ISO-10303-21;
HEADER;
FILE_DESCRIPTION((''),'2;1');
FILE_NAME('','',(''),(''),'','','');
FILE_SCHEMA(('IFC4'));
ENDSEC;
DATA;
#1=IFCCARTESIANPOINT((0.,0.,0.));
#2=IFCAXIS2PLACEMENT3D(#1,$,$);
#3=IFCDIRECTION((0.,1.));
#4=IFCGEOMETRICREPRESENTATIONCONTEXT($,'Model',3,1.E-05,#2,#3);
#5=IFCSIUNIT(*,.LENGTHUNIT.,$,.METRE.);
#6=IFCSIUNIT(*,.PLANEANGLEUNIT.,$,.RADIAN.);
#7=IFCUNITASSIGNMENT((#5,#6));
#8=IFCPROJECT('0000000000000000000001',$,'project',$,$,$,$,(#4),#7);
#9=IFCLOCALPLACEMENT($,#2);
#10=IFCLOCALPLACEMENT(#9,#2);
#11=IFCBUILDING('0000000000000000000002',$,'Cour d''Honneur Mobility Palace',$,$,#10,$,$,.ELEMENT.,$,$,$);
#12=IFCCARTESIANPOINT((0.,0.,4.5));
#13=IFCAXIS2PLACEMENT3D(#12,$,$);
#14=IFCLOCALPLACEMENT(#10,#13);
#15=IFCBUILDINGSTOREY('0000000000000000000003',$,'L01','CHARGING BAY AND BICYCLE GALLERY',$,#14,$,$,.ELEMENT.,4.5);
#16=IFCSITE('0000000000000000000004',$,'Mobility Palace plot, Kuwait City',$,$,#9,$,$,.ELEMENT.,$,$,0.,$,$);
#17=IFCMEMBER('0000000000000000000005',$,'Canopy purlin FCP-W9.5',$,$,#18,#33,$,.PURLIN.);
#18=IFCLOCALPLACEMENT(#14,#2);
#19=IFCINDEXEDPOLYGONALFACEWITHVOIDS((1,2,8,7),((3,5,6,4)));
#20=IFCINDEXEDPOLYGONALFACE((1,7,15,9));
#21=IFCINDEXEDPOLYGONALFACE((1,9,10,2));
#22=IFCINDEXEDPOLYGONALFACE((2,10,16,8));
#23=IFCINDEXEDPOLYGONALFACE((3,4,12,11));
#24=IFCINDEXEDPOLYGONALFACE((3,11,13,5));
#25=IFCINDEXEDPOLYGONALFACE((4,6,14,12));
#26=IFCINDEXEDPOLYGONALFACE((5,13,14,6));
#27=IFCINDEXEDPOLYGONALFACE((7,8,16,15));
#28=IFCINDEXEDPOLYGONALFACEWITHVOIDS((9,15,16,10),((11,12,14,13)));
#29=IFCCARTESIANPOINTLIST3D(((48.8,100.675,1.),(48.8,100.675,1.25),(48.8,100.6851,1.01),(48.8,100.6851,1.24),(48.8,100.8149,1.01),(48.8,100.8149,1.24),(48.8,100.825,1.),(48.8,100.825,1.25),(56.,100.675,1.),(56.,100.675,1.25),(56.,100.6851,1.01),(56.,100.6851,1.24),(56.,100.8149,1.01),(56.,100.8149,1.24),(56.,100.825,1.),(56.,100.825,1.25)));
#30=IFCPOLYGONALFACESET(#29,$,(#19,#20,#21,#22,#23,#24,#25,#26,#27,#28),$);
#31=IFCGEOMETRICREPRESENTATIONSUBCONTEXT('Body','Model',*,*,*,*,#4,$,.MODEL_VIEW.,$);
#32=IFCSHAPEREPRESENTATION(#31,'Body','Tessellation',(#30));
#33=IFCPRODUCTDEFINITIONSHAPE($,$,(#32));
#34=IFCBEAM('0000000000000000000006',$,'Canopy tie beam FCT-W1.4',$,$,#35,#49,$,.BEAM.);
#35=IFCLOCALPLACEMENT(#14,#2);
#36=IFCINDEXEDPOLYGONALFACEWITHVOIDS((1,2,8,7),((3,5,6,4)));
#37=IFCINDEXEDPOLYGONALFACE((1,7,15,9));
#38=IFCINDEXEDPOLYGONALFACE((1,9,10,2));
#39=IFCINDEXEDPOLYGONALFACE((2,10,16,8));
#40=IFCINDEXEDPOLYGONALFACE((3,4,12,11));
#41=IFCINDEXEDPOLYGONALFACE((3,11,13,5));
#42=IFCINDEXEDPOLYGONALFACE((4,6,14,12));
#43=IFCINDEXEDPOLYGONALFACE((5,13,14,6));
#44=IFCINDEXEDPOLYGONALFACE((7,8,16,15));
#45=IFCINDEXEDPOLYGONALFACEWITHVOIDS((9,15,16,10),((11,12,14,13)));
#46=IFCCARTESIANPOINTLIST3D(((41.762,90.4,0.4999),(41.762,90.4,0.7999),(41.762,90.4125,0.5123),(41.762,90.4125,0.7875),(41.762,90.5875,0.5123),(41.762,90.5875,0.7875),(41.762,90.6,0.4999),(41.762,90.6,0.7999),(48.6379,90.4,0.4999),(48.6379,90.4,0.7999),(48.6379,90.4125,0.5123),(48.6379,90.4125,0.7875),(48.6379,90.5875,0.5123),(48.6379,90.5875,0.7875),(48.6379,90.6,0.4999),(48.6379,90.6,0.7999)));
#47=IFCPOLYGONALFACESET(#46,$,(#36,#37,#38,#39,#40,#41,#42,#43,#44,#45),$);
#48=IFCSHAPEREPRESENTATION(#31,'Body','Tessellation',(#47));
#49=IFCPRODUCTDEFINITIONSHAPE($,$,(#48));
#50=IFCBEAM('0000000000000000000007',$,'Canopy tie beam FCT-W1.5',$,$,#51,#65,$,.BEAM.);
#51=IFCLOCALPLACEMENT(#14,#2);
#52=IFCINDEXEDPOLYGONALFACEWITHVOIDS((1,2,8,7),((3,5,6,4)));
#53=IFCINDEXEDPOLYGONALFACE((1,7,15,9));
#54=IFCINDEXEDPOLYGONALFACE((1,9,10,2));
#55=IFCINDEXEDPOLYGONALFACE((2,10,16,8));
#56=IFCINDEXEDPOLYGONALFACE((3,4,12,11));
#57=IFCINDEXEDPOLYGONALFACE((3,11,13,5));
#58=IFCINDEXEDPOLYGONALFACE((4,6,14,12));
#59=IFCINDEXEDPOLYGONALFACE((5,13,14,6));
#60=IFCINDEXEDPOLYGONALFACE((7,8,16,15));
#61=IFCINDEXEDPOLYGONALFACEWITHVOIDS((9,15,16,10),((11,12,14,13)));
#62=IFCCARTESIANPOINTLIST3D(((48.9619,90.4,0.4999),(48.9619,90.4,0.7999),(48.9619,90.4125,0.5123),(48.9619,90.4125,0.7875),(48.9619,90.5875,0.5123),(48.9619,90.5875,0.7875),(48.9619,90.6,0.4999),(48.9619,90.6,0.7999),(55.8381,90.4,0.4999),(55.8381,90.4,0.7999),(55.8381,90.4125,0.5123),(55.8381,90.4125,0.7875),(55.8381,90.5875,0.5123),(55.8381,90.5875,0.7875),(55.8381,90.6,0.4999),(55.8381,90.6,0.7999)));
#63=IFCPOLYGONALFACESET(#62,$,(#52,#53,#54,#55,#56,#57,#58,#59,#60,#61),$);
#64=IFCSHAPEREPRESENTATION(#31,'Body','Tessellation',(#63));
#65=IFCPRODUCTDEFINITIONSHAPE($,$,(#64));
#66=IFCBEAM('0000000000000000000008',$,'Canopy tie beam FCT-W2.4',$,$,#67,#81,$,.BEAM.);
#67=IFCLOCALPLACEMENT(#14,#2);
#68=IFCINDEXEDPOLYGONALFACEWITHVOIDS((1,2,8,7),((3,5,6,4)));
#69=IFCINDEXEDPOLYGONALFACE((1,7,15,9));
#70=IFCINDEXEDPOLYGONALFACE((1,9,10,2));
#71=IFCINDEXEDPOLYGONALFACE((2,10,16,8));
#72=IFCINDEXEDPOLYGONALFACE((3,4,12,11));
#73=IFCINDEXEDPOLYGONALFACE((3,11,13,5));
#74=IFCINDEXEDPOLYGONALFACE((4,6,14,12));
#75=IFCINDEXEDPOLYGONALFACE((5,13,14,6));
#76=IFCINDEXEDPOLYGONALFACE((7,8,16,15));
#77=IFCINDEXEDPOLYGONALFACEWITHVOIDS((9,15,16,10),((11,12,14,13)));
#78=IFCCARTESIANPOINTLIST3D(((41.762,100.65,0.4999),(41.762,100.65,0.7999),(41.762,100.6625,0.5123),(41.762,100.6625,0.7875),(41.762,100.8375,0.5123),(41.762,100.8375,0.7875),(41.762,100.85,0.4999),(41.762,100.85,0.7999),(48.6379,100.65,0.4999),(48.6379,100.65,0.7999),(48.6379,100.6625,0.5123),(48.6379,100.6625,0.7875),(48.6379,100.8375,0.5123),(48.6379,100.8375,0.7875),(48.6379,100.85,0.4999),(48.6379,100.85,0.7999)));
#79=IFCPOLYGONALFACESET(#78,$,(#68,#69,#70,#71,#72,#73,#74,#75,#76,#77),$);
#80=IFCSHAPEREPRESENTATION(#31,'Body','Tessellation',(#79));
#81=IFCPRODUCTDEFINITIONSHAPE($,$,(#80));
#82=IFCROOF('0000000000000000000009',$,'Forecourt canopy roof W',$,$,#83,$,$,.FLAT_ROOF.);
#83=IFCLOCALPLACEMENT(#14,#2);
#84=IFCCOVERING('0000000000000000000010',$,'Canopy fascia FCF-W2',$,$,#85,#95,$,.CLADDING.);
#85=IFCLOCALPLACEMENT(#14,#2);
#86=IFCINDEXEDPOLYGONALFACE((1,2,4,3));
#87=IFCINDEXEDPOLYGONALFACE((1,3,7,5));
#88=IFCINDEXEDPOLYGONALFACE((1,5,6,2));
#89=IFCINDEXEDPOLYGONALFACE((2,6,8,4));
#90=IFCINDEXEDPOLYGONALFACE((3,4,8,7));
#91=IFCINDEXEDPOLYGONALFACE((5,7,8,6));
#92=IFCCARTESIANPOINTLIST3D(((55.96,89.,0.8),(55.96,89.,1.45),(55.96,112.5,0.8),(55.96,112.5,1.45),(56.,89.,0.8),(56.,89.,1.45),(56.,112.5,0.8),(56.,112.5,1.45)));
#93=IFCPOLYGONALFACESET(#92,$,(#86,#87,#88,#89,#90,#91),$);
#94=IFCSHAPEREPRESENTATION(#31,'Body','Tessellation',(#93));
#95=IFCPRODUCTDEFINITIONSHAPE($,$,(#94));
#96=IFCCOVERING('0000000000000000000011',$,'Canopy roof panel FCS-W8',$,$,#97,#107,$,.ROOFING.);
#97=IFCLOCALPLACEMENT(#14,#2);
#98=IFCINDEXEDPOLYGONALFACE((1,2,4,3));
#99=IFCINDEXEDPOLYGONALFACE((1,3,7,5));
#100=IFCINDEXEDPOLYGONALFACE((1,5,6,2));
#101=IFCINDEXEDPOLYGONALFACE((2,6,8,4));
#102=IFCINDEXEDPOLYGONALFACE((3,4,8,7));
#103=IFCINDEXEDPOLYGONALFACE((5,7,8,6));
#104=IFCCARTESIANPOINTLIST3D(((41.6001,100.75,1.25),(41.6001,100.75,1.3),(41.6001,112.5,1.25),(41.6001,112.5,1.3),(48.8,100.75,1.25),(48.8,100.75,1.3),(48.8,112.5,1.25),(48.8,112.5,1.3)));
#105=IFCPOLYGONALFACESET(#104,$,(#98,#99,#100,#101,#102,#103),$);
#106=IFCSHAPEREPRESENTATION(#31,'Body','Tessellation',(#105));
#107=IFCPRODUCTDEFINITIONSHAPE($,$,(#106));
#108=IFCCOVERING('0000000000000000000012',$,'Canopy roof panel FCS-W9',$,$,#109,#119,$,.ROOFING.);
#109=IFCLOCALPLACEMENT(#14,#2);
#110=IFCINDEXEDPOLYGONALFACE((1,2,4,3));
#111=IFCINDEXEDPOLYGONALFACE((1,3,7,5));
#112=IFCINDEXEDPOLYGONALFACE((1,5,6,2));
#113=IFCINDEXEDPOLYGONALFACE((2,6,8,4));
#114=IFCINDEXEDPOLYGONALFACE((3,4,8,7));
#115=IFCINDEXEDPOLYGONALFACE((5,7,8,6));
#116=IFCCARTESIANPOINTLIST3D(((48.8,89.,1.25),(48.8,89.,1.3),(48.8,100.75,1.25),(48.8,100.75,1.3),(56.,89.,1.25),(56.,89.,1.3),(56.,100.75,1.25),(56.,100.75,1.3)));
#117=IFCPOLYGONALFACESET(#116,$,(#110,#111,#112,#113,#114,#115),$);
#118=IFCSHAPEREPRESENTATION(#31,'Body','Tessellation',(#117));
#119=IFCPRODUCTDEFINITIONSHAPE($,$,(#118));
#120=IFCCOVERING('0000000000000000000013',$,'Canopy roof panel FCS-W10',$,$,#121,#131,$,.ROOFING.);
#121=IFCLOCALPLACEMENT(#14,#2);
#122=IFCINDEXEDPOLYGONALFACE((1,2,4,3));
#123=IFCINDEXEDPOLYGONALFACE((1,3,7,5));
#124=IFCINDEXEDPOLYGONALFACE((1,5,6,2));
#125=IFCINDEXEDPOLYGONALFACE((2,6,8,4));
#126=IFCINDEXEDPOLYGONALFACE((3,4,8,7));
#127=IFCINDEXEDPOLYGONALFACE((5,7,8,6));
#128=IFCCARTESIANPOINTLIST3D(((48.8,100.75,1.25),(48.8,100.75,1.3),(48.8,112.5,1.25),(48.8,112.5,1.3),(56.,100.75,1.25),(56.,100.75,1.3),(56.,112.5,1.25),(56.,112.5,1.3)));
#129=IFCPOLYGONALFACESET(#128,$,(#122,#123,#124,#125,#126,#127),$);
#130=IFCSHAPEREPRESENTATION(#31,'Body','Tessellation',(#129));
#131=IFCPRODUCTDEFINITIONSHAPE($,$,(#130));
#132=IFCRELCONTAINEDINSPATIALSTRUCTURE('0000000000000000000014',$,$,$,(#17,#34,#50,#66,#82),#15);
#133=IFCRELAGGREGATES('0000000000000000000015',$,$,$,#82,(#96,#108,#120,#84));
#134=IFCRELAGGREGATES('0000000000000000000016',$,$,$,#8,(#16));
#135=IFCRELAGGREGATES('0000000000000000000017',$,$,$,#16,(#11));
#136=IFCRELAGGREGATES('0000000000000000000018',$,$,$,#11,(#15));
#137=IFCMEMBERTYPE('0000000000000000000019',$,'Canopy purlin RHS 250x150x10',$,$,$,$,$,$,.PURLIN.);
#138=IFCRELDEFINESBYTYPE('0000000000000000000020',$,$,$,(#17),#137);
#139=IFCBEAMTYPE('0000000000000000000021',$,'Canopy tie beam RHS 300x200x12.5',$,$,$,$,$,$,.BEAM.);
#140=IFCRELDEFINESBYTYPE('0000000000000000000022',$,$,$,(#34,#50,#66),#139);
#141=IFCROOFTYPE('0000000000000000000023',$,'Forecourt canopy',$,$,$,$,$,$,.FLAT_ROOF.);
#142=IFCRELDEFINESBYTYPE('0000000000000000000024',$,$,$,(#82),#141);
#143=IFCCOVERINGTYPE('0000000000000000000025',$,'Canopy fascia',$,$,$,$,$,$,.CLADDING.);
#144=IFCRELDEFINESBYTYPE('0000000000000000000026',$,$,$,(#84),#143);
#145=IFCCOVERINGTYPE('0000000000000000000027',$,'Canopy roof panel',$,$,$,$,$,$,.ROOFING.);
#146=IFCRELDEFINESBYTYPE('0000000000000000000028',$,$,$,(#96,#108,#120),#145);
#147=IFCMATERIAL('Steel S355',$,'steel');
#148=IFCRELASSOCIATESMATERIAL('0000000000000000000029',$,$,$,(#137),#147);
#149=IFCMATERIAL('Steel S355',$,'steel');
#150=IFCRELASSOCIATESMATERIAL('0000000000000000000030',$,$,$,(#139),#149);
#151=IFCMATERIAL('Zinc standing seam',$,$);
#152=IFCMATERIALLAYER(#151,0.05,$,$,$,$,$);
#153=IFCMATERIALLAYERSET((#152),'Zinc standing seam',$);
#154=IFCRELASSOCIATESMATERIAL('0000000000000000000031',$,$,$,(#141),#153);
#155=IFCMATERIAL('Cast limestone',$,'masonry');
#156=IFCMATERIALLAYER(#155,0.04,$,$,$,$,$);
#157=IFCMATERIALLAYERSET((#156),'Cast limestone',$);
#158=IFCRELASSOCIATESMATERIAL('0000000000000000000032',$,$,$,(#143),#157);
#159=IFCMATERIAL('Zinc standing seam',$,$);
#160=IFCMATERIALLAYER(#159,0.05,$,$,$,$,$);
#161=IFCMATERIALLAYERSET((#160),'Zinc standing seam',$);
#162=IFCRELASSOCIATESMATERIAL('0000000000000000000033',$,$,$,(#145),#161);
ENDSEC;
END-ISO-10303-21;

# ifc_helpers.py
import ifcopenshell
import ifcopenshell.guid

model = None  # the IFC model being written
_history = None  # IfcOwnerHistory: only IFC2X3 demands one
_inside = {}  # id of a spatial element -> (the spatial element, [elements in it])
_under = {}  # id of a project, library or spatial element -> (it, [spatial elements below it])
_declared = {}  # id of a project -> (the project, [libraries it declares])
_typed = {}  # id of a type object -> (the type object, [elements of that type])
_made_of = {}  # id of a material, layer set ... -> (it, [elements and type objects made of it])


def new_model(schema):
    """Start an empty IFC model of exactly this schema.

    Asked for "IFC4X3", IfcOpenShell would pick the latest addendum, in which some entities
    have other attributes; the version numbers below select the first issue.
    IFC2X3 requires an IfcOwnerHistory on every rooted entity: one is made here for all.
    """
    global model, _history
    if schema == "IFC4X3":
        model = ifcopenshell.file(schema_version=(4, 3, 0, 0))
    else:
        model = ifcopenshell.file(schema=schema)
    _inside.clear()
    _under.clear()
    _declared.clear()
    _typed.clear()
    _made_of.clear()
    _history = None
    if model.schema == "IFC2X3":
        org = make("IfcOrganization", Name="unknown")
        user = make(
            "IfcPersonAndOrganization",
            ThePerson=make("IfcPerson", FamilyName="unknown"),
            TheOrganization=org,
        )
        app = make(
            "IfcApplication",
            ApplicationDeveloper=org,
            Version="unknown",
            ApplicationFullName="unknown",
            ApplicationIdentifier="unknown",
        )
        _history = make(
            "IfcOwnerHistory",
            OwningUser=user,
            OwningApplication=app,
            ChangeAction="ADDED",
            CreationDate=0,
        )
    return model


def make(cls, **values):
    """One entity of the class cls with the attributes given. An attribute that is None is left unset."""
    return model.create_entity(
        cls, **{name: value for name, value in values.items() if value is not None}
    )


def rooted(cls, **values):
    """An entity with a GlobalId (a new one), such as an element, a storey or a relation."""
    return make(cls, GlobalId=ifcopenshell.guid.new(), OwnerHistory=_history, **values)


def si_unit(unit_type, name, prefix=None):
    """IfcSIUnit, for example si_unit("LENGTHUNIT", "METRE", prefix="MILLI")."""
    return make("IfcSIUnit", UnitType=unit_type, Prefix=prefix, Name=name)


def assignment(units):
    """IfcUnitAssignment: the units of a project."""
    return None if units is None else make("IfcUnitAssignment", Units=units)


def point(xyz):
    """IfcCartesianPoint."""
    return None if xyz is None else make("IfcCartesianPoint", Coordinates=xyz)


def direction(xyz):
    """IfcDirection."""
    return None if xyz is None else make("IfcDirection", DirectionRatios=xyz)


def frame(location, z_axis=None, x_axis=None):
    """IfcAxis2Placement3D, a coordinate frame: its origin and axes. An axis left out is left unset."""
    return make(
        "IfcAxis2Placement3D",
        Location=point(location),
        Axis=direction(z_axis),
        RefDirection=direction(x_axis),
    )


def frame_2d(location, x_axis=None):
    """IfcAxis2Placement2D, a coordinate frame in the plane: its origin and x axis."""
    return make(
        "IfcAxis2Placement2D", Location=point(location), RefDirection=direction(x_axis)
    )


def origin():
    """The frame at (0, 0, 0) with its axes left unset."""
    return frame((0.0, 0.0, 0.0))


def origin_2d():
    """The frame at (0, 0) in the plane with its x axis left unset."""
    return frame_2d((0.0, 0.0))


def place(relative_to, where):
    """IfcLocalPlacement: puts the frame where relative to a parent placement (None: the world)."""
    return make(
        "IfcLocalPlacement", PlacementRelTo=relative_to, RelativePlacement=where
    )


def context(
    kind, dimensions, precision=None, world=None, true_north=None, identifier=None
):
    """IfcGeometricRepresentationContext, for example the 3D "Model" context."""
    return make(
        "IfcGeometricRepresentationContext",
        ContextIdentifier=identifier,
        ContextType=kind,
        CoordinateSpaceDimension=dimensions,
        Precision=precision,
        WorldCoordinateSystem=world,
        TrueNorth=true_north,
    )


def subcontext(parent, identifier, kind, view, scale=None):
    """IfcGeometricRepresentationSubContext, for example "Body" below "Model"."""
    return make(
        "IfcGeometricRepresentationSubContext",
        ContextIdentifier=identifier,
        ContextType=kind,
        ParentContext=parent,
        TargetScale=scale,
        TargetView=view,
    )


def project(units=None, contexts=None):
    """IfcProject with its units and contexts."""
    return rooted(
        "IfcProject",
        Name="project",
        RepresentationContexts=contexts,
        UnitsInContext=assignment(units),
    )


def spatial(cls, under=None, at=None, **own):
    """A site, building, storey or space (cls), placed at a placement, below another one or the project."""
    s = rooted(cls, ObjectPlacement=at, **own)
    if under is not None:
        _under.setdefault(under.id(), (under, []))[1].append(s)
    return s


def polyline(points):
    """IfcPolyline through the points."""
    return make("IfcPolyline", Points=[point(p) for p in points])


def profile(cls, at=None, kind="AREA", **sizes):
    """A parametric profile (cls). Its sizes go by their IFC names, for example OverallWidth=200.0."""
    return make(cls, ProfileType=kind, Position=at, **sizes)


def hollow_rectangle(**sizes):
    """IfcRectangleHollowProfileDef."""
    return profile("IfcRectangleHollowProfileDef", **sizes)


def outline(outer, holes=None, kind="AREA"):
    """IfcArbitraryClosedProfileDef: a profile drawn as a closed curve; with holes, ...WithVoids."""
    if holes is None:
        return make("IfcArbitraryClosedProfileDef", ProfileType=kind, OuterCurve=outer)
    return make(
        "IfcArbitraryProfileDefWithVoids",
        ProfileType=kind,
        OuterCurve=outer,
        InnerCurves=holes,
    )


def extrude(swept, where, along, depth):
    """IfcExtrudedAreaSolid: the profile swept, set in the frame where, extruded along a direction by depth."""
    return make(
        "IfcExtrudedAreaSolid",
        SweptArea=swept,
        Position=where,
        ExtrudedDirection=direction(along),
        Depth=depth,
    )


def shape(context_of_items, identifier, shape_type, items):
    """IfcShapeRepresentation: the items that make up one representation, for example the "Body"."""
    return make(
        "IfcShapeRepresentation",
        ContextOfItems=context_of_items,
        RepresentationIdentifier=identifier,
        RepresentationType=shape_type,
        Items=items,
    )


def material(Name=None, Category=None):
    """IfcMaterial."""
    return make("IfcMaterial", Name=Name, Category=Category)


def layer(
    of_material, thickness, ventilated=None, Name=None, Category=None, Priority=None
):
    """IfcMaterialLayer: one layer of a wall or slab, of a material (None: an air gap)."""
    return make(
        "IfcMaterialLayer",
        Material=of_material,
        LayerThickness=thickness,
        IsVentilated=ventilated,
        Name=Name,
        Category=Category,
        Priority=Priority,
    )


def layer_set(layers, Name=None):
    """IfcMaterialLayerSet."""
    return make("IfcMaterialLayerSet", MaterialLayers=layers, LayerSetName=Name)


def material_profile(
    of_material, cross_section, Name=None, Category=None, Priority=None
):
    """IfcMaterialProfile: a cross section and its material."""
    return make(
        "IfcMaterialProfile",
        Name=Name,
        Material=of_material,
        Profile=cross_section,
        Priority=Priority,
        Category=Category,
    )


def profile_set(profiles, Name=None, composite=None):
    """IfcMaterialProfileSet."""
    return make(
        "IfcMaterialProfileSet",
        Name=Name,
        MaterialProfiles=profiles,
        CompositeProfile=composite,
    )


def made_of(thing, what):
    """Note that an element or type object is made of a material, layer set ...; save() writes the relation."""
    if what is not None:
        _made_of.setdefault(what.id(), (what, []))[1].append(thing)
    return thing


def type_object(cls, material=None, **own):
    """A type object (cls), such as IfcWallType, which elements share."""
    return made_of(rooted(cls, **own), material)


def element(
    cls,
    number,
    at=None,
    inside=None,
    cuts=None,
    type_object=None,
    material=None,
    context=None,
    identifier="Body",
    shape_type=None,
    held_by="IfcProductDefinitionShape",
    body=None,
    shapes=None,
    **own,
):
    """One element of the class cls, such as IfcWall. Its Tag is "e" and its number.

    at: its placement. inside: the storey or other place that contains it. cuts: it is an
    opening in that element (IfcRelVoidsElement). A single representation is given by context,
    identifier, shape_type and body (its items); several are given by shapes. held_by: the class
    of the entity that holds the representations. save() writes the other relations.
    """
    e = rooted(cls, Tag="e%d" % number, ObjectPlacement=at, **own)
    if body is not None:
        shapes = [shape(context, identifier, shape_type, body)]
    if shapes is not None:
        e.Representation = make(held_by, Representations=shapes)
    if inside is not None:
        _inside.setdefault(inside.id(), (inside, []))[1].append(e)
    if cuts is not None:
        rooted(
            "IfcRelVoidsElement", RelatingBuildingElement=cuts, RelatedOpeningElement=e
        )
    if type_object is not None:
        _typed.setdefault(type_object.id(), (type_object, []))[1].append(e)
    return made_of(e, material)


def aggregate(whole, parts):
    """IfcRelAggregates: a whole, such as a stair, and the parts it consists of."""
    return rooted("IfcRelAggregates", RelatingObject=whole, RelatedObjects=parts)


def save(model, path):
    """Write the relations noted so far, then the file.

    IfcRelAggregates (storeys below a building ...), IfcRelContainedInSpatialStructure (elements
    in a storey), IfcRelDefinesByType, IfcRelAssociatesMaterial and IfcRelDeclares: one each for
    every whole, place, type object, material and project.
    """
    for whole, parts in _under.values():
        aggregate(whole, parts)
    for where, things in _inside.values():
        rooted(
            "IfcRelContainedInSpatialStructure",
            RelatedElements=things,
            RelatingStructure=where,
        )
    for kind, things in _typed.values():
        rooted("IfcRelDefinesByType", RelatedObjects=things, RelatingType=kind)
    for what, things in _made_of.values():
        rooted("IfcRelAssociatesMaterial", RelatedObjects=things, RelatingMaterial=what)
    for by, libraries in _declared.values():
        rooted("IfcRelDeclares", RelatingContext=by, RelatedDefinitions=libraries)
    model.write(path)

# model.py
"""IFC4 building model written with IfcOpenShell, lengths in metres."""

from ifc_helpers import new_model, si_unit, direction, frame, origin, origin_2d, place, context, subcontext, project, spatial, polyline, hollow_rectangle, outline, extrude, material, layer, layer_set, material_profile, profile_set, type_object, element, aggregate, save


model = new_model("IFC4")

# Units and contexts
model_context = context("Model", 3, precision=1e-05, world=origin(), true_north=direction((0.0, 1.0)))
body_context = subcontext(model_context, "Body", "Model", "MODEL_VIEW")
ifc_project = project(units=[si_unit("LENGTHUNIT", "METRE"), si_unit("PLANEANGLEUNIT", "RADIAN")], contexts=[model_context])

# Site, building, storey
site_placement = place(None, origin())
site = spatial("IfcSite", under=ifc_project, at=site_placement, Name="Mobility Palace plot, Kuwait City", CompositionType="ELEMENT", RefElevation=0.0)
building_placement = place(site_placement, origin())
building = spatial("IfcBuilding", under=site, at=building_placement, Name="Cour d'Honneur Mobility Palace", CompositionType="ELEMENT")
storey_placement = place(building_placement, frame((0.0, 0.0, 4.5)))
storey = spatial("IfcBuildingStorey", under=building, at=storey_placement, Name="L01", Description="CHARGING BAY AND BICYCLE GALLERY", CompositionType="ELEMENT", Elevation=4.5)

# Member
ifc_material_1 = material(Name="Steel S355", Category="steel")
ifc_material_profile_1 = material_profile(ifc_material_1, hollow_rectangle(XDim=0.1499, YDim=0.25, WallThickness=0.01, at=origin_2d()), Name="RHS 250x150x10")
ifc_profile_set_1 = profile_set([ifc_material_profile_1], Name="Steel S355")
member_type = type_object("IfcMemberType", Name="Canopy purlin RHS 250x150x10", PredefinedType="PURLIN", material=ifc_profile_set_1)
for number, where, z_axis, x_axis, name in (
    (1, (48.8, 100.75, 1.125), (1.0, 0.0, 0.0), (0.0, 1.0, 0.0), "Canopy purlin FCP-W9.5"),
):
    element("IfcMember", number, at=place(storey_placement, frame(where, z_axis=z_axis, x_axis=x_axis)), inside=storey, type_object=member_type, Name=name, PredefinedType="PURLIN", context=body_context, shape_type="SweptSolid", body=[
        extrude(hollow_rectangle(XDim=0.1499, YDim=0.25, WallThickness=0.01, at=origin_2d()), origin(), (0.0, 0.0, 1.0), 7.2),
    ])

# Beams
ifc_material_2 = material(Name="Steel S355", Category="steel")
ifc_material_profile_2 = material_profile(ifc_material_2, hollow_rectangle(XDim=0.2, YDim=0.3, WallThickness=0.0125, at=origin_2d()), Name="RHS 300x200x12.5")
ifc_profile_set_2 = profile_set([ifc_material_profile_2], Name="Steel S355")
beam_type_1 = type_object("IfcBeamType", Name="Canopy tie beam RHS 300x200x12.5", PredefinedType="BEAM", material=ifc_profile_set_2)
beam_1_placement = place(storey_placement, frame((41.762, 90.5, 0.6499), z_axis=(1.0, 0.0, 0.0), x_axis=(0.0, 1.0, 0.0)))
element("IfcBeam", 2, at=beam_1_placement, inside=storey, type_object=beam_type_1, Name="Canopy tie beam FCT-W1.4", PredefinedType="BEAM", context=body_context, shape_type="SweptSolid", body=[
    extrude(hollow_rectangle(XDim=0.2, YDim=0.3, WallThickness=0.0125, at=origin_2d()), origin(), (0.0, 0.0, 1.0), 6.876),
])
beam_2_placement = place(storey_placement, frame((48.9619, 90.5, 0.6499), z_axis=(1.0, 0.0, 0.0), x_axis=(0.0, 1.0, 0.0)))
element("IfcBeam", 3, at=beam_2_placement, inside=storey, type_object=beam_type_1, Name="Canopy tie beam FCT-W1.5", PredefinedType="BEAM", context=body_context, shape_type="SweptSolid", body=[
    extrude(hollow_rectangle(XDim=0.2, YDim=0.3, WallThickness=0.0125, at=origin_2d()), origin(), (0.0, 0.0, 1.0), 6.8762),
])
beam_3_placement = place(storey_placement, frame((41.762, 100.75, 0.6499), z_axis=(1.0, 0.0, 0.0), x_axis=(0.0, 1.0, 0.0)))
element("IfcBeam", 4, at=beam_3_placement, inside=storey, type_object=beam_type_1, Name="Canopy tie beam FCT-W2.4", PredefinedType="BEAM", context=body_context, shape_type="SweptSolid", body=[
    extrude(hollow_rectangle(XDim=0.2, YDim=0.3, WallThickness=0.0125, at=origin_2d()), origin(), (0.0, 0.0, 1.0), 6.876),
])

# Roof, coverings
ifc_material_3 = material(Name="Zinc standing seam")
ifc_layer_1 = layer(ifc_material_3, 0.05)
ifc_layer_set_1 = layer_set([ifc_layer_1], Name="Zinc standing seam")
roof_type = type_object("IfcRoofType", Name="Forecourt canopy", PredefinedType="FLAT_ROOF", material=ifc_layer_set_1)
roof_placement = place(storey_placement, origin())
roof = element("IfcRoof", 5, at=roof_placement, inside=storey, type_object=roof_type, Name="Forecourt canopy roof W", PredefinedType="FLAT_ROOF")
ifc_material_4 = material(Name="Cast limestone", Category="masonry")
ifc_layer_2 = layer(ifc_material_4, 0.04)
ifc_layer_set_2 = layer_set([ifc_layer_2], Name="Cast limestone")
covering_type_1 = type_object("IfcCoveringType", Name="Canopy fascia", PredefinedType="CLADDING", material=ifc_layer_set_2)
covering_1_placement = place(storey_placement, frame((56.0, 89.0, 0.8), z_axis=(1.0, 0.0, 0.0), x_axis=(0.0, 1.0, 0.0)))
covering_1 = element("IfcCovering", 6, at=covering_1_placement, type_object=covering_type_1, Name="Canopy fascia FCF-W2", PredefinedType="CLADDING", context=body_context, shape_type="SweptSolid", body=[
    extrude(outline(polyline([(0.0, 0.0), (23.5, 0.0), (23.5, 0.6499), (0.0, 0.6499), (0.0, 0.0)])), origin(), (0.0, 0.0, -1.0), 0.04),
])
ifc_material_5 = material(Name="Zinc standing seam")
ifc_layer_3 = layer(ifc_material_5, 0.05)
ifc_layer_set_3 = layer_set([ifc_layer_3], Name="Zinc standing seam")
covering_type_2 = type_object("IfcCoveringType", Name="Canopy roof panel", PredefinedType="ROOFING", material=ifc_layer_set_3)
covering_2_placement = place(storey_placement, frame((41.6001, 100.75, 1.3), z_axis=(0.0, 0.0, 1.0), x_axis=(1.0, 0.0, 0.0)))
covering_2 = element("IfcCovering", 7, at=covering_2_placement, type_object=covering_type_2, Name="Canopy roof panel FCS-W8", PredefinedType="ROOFING", context=body_context, shape_type="SweptSolid", body=[
    extrude(outline(polyline([(0.0, 0.0), (7.2, 0.0), (7.2, 11.75), (0.0, 11.75), (0.0, 0.0)])), origin(), (0.0, 0.0, -1.0), 0.05),
])
covering_3_placement = place(storey_placement, frame((48.8, 89.0, 1.3), z_axis=(0.0, 0.0, 1.0), x_axis=(1.0, 0.0, 0.0)))
covering_3 = element("IfcCovering", 8, at=covering_3_placement, type_object=covering_type_2, Name="Canopy roof panel FCS-W9", PredefinedType="ROOFING", context=body_context, shape_type="SweptSolid", body=[
    extrude(outline(polyline([(0.0, 0.0), (7.2, 0.0), (7.2, 11.75), (0.0, 11.75), (0.0, 0.0)])), origin(), (0.0, 0.0, -1.0), 0.05),
])
covering_4_placement = place(storey_placement, frame((48.8, 100.75, 1.3), z_axis=(0.0, 0.0, 1.0), x_axis=(1.0, 0.0, 0.0)))
covering_4 = element("IfcCovering", 9, at=covering_4_placement, type_object=covering_type_2, Name="Canopy roof panel FCS-W10", PredefinedType="ROOFING", context=body_context, shape_type="SweptSolid", body=[
    extrude(outline(polyline([(0.0, 0.0), (7.2, 0.0), (7.2, 11.75), (0.0, 11.75), (0.0, 0.0)])), origin(), (0.0, 0.0, -1.0), 0.05),
])
aggregate(roof, [covering_2, covering_3, covering_4, covering_1])

save(model, "model.ifc")
